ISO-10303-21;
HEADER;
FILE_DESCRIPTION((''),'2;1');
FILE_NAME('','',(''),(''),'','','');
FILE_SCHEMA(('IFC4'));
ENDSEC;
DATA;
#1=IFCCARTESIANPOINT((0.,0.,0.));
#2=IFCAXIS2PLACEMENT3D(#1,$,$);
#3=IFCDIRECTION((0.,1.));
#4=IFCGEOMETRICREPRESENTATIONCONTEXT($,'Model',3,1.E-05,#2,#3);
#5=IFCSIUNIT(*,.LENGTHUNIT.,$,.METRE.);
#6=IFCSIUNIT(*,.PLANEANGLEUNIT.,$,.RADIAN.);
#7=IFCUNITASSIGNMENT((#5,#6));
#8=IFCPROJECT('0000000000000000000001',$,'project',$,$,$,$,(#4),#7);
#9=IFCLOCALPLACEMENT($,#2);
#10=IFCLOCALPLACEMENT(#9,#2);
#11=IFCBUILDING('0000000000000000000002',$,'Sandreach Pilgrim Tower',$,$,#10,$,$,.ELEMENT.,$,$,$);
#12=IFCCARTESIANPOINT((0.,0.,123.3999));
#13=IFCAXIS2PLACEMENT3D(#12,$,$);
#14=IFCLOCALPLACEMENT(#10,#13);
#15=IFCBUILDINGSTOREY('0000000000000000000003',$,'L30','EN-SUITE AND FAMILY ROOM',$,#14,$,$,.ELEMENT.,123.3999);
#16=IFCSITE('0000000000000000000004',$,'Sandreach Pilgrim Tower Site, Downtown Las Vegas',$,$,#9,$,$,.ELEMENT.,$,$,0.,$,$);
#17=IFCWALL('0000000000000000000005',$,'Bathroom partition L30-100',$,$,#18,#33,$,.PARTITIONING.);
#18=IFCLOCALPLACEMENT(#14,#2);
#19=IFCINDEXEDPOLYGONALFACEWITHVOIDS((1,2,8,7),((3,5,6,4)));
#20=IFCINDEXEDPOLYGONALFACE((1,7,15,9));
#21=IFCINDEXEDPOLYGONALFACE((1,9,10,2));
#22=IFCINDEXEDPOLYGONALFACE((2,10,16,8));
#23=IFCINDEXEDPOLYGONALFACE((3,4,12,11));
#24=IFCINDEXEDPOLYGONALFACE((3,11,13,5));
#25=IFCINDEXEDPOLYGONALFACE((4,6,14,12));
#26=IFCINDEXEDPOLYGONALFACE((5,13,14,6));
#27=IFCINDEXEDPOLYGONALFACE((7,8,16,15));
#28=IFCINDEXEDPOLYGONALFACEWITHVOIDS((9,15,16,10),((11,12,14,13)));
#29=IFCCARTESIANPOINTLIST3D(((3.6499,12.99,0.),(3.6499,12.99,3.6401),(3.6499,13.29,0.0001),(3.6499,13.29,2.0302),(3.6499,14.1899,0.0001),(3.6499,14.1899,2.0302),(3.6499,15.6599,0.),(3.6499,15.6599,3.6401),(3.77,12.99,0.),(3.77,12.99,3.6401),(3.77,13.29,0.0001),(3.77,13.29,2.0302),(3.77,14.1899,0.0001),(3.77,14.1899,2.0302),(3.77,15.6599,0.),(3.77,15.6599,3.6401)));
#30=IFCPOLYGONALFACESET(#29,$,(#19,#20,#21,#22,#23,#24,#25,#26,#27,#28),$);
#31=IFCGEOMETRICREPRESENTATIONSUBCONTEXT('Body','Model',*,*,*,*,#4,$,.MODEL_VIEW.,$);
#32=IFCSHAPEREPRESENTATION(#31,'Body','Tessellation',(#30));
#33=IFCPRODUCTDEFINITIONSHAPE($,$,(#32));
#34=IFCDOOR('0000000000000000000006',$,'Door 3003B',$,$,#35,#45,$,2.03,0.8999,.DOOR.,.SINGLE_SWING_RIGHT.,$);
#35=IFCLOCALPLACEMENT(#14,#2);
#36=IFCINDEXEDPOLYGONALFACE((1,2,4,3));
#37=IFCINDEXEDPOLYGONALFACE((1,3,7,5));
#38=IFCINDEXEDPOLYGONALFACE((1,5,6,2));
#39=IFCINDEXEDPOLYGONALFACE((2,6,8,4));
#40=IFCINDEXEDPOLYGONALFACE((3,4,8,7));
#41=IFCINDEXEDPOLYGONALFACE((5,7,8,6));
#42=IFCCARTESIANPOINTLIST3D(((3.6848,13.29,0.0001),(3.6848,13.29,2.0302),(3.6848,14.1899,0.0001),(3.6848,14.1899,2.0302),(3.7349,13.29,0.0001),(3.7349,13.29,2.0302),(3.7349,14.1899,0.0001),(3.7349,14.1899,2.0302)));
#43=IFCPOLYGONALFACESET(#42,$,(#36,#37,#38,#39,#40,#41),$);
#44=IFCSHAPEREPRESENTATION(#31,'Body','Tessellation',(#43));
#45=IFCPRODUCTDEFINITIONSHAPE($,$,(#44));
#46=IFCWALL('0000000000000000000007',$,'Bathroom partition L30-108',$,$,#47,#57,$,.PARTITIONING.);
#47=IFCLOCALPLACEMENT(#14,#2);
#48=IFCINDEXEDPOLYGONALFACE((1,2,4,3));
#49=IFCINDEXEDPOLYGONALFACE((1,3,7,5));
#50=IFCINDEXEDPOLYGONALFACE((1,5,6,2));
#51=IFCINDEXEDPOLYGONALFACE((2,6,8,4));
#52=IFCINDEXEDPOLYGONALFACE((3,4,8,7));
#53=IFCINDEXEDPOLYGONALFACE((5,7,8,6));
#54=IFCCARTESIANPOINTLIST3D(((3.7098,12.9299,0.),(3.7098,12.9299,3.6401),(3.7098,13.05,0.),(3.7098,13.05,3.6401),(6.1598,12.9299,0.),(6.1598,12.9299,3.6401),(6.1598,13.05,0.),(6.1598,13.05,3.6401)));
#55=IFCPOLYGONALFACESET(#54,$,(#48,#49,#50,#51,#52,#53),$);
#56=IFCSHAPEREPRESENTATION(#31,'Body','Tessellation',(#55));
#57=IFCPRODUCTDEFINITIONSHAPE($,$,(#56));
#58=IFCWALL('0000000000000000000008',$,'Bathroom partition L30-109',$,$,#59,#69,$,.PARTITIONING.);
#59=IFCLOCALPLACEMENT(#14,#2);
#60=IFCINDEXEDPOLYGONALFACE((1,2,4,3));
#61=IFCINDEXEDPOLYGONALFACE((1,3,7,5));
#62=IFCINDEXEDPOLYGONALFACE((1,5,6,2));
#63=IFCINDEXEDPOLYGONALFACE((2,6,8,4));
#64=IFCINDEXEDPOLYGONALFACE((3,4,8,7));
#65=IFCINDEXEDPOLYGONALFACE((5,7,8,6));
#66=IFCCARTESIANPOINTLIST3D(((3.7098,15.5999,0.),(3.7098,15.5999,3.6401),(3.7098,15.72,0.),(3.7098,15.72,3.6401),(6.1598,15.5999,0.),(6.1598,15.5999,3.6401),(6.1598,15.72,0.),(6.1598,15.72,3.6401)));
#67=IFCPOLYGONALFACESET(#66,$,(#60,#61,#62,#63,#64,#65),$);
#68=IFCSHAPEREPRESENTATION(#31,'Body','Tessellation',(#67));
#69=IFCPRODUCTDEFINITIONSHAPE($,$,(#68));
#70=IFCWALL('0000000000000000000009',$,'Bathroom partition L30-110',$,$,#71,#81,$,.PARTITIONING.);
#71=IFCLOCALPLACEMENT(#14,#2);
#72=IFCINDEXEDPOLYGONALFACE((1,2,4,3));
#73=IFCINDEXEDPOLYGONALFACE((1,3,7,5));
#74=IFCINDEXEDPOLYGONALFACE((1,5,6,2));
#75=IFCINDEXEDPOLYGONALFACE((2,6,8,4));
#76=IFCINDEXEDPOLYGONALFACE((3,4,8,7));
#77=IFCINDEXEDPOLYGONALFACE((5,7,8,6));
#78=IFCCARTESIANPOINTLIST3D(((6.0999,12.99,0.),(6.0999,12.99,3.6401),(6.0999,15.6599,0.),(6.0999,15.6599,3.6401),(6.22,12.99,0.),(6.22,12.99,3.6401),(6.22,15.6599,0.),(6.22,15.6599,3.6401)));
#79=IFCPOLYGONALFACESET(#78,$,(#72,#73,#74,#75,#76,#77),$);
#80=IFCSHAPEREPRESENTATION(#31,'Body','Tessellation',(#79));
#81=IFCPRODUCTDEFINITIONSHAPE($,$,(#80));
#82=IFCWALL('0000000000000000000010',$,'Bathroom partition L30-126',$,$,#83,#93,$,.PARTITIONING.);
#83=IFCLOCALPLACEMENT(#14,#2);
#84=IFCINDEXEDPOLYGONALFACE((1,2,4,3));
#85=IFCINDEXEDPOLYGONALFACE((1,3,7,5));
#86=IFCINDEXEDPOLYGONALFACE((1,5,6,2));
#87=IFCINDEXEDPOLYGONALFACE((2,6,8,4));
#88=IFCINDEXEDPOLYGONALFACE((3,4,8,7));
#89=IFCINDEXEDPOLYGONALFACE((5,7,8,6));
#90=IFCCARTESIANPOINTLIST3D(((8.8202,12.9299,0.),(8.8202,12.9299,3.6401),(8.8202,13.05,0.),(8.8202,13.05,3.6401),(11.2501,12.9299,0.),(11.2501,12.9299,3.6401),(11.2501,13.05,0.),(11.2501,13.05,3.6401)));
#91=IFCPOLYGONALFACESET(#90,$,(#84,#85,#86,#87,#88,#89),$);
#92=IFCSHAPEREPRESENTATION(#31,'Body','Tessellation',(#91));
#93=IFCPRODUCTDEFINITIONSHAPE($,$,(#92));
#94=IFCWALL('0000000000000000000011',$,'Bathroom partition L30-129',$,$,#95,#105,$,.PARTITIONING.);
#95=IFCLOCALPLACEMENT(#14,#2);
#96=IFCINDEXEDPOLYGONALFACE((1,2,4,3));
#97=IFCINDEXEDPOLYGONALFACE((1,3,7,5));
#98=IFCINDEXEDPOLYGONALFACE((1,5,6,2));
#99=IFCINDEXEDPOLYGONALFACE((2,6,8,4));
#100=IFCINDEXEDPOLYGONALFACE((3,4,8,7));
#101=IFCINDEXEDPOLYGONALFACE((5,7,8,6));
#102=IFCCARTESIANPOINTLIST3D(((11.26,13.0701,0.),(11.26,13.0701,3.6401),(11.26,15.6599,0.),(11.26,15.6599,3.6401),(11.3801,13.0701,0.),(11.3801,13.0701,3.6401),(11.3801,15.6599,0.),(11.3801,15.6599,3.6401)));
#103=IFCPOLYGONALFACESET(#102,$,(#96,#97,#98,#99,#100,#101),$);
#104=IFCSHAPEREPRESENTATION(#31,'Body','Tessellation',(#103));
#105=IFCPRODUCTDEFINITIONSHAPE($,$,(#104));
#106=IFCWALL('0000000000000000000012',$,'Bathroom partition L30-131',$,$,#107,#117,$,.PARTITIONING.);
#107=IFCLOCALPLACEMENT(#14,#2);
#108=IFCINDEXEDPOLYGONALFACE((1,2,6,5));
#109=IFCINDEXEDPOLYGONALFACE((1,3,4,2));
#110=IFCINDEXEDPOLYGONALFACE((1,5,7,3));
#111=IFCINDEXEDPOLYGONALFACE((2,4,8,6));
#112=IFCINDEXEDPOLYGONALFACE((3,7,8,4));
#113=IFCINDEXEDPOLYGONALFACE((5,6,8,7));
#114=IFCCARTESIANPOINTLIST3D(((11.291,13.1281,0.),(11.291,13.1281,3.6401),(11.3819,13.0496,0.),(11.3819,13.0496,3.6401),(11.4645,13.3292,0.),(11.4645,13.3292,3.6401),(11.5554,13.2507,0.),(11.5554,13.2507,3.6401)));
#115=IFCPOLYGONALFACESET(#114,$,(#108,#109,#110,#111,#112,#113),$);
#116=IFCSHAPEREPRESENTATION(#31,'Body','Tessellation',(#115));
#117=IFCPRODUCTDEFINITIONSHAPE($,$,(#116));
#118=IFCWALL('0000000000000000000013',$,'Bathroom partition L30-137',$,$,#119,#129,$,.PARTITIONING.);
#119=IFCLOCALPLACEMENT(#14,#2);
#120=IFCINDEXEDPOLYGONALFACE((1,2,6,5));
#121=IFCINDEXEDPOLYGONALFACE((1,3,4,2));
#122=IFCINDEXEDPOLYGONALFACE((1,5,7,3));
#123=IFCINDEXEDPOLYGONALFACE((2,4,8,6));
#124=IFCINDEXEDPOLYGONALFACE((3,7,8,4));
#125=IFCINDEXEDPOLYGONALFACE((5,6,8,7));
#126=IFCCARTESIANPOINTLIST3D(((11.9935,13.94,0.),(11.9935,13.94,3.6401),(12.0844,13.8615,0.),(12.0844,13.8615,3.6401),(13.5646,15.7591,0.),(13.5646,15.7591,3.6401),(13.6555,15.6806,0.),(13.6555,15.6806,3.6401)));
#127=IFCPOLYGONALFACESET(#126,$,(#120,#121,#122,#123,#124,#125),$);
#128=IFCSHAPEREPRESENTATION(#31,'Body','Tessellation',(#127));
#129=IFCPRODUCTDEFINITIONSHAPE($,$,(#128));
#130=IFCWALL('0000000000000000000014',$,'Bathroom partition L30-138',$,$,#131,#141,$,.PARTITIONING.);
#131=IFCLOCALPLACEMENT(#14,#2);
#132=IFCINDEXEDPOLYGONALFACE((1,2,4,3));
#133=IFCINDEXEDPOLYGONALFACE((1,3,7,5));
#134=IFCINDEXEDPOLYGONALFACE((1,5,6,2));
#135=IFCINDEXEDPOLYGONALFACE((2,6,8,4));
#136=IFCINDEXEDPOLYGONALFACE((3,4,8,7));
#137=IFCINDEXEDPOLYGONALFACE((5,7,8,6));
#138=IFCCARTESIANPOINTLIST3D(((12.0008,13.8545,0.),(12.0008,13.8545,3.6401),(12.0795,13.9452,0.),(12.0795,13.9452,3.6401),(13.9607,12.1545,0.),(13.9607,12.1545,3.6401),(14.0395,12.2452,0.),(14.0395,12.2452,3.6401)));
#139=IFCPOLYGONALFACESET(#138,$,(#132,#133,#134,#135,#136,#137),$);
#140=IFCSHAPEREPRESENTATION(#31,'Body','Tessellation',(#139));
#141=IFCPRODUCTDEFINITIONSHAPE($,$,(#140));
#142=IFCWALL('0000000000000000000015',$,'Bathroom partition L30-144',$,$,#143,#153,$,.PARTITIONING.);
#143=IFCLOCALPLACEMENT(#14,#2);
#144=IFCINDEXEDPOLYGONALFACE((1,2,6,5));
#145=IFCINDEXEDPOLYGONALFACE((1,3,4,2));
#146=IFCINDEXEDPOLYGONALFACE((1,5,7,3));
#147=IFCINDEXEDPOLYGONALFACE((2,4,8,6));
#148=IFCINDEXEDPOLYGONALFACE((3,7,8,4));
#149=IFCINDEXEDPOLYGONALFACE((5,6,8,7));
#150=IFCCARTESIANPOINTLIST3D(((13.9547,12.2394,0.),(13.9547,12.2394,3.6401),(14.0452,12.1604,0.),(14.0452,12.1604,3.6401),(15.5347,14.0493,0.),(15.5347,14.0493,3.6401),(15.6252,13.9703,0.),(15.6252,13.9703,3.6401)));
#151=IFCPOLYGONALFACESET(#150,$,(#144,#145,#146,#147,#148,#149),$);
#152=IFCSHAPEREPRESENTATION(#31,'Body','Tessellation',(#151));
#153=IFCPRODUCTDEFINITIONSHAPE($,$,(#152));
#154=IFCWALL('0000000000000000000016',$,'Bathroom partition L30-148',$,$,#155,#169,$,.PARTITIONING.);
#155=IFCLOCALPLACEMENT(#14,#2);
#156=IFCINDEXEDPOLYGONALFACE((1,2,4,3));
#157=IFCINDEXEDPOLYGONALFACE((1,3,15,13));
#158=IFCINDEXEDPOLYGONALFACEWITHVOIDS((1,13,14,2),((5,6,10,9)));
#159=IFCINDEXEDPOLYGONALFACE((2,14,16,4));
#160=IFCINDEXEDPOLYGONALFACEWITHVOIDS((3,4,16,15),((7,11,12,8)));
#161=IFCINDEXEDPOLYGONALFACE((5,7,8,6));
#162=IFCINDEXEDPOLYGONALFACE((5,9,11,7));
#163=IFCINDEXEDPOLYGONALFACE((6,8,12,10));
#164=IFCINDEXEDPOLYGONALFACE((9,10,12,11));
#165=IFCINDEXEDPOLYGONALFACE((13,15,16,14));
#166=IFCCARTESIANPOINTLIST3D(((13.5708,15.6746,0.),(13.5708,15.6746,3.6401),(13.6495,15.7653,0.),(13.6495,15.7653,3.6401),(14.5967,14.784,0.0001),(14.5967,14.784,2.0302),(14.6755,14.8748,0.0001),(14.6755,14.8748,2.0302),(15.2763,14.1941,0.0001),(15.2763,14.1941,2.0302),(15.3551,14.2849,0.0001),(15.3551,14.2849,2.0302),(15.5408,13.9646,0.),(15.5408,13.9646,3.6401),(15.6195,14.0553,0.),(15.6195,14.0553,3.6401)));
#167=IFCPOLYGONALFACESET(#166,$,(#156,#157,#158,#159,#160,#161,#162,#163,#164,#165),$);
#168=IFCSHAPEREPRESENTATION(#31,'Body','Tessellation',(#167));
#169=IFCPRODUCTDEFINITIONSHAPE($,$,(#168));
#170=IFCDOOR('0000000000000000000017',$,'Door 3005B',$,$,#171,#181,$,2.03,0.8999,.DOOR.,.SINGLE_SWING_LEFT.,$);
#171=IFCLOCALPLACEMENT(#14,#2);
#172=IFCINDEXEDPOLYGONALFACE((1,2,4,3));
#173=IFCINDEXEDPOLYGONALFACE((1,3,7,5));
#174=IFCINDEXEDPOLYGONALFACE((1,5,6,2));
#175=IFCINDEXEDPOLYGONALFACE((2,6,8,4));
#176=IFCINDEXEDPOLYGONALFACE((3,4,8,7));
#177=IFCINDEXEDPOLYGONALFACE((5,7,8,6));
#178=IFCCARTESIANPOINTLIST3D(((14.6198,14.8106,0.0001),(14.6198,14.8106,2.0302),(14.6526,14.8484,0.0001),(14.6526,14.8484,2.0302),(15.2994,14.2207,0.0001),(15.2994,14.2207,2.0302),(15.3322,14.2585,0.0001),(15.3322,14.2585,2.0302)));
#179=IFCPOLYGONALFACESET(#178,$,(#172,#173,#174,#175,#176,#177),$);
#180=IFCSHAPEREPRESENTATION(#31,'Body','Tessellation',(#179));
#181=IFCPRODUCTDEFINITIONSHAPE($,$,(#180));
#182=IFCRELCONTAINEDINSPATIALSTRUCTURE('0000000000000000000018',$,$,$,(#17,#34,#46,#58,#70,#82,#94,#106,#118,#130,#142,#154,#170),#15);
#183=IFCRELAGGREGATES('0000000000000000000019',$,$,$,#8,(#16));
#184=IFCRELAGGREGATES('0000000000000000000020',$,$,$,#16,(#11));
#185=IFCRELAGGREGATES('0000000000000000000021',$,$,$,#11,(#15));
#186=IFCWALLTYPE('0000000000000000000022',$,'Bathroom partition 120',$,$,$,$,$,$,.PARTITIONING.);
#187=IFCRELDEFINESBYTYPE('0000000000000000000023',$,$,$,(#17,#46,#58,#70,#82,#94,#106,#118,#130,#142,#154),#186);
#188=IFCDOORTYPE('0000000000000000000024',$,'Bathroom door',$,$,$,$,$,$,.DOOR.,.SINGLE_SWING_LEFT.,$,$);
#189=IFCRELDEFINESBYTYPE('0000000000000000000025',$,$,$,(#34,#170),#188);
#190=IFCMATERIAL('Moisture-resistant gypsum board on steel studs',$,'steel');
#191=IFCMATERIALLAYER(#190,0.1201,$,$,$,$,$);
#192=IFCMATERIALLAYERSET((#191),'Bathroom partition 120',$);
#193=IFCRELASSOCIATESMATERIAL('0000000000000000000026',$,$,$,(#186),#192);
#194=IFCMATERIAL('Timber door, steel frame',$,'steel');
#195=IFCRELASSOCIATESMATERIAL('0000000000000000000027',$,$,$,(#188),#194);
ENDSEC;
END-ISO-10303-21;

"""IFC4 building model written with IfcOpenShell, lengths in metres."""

from ifc_helpers import new_model, si_unit, direction, frame, frame_2d, origin, place, context, subcontext, project, spatial, rectangle, extrude, material, layer, layer_set, type_object, element, fill, save


model = new_model("IFC4")

# Units and contexts
model_context = context("Model", 3, precision=1e-05, world=origin(), true_north=direction((0.0, 1.0)))
body_context = subcontext(model_context, "Body", "Model", "MODEL_VIEW")
ifc_project = project(units=[si_unit("LENGTHUNIT", "METRE"), si_unit("PLANEANGLEUNIT", "RADIAN")], contexts=[model_context])

# Site, building, storey
site_placement = place(None, origin())
site = spatial("IfcSite", under=ifc_project, at=site_placement, Name="Sandreach Pilgrim Tower Site, Downtown Las Vegas", CompositionType="ELEMENT", RefElevation=0.0)
building_placement = place(site_placement, origin())
building = spatial("IfcBuilding", under=site, at=building_placement, Name="Sandreach Pilgrim Tower", CompositionType="ELEMENT")
storey_placement = place(building_placement, frame((0.0, 0.0, 123.3999)))
storey = spatial("IfcBuildingStorey", under=building, at=storey_placement, Name="L30", Description="EN-SUITE AND FAMILY ROOM", CompositionType="ELEMENT", Elevation=123.3999)

# Wall, opening, door
ifc_material_1 = material(Name="Moisture-resistant gypsum board on steel studs", Category="steel")
ifc_layer_1 = layer(ifc_material_1, 0.1201)
ifc_layer_set_1 = layer_set([ifc_layer_1], Name="Bathroom partition 120")
wall_type_1 = type_object("IfcWallType", Name="Bathroom partition 120", PredefinedType="PARTITIONING", material=ifc_layer_set_1)
wall_1_placement = place(storey_placement, frame((3.71, 15.6599, 0.0), z_axis=(0.0, 0.0, 1.0), x_axis=(0.0, -1.0, 0.0)))
wall_1 = element("IfcWall", 1, at=wall_1_placement, inside=storey, type_object=wall_type_1, Name="Bathroom partition L30-100", PredefinedType="PARTITIONING", context=body_context, shape_type="SweptSolid", body=[
    extrude(rectangle(XDim=2.6699, YDim=0.1201, at=frame_2d((1.335, 0.0))), origin(), (0.0, 0.0, 1.0), 3.6401),
])
opening_1_placement = place(wall_1_placement, frame((1.47, 0.0, 0.0)))
opening_1 = element("IfcOpeningElement", 2, at=opening_1_placement, cuts=wall_1, PredefinedType="OPENING", context=body_context, shape_type="SweptSolid", body=[
    extrude(rectangle(XDim=0.8999, YDim=2.03, at=frame_2d((0.45, 1.0151))), frame((0.0, 0.0601, 0.0), z_axis=(0.0, -1.0, 0.0), x_axis=(1.0, 0.0, 0.0)), (0.0, 0.0, 1.0), 0.1201),
])
ifc_material_2 = material(Name="Timber door, steel frame", Category="steel")
door_type_1 = type_object("IfcDoorType", Name="Bathroom door", OperationType="SINGLE_SWING_LEFT", PredefinedType="DOOR", material=ifc_material_2)
door_1_placement = place(opening_1_placement, origin())
door_1 = element("IfcDoor", 3, at=door_1_placement, inside=storey, type_object=door_type_1, Name="Door 3003B", OperationType="SINGLE_SWING_RIGHT", OverallHeight=2.03, OverallWidth=0.8999, PredefinedType="DOOR", context=body_context, shape_type="SweptSolid", body=[
    extrude(rectangle(XDim=0.8999, YDim=2.03, at=frame_2d((0.45, 1.0151))), frame((0.0, 0.0249, 0.0), z_axis=(0.0, -1.0, 0.0), x_axis=(1.0, 0.0, 0.0)), (0.0, 0.0, 1.0), 0.05),
])
fill(opening_1, door_1)

# Walls
for number, where, z_axis, x_axis, name in (
    (4, (6.1599, 12.99, 0.0), (0.0, 0.0, 1.0), (-1.0, 0.0, 0.0), "Bathroom partition L30-108"),
    (5, (6.1599, 15.6599, 0.0), (0.0, 0.0, 1.0), (-1.0, 0.0, 0.0), "Bathroom partition L30-109"),
):
    element("IfcWall", number, at=place(storey_placement, frame(where, z_axis=z_axis, x_axis=x_axis)), inside=storey, type_object=wall_type_1, Name=name, PredefinedType="PARTITIONING", context=body_context, shape_type="SweptSolid", body=[
        extrude(rectangle(XDim=2.45, YDim=0.1201, at=frame_2d((1.2251, 0.0))), origin(), (0.0, 0.0, 1.0), 3.6401),
    ])
wall_2_placement = place(storey_placement, frame((6.1599, 15.6599, 0.0), z_axis=(0.0, 0.0, 1.0), x_axis=(0.0, -1.0, 0.0)))
element("IfcWall", 6, at=wall_2_placement, inside=storey, type_object=wall_type_1, Name="Bathroom partition L30-110", PredefinedType="PARTITIONING", context=body_context, shape_type="SweptSolid", body=[
    extrude(rectangle(XDim=2.6699, YDim=0.1201, at=frame_2d((1.335, 0.0))), origin(), (0.0, 0.0, 1.0), 3.6401),
])
wall_3_placement = place(storey_placement, frame((11.25, 12.99, 0.0), z_axis=(0.0, 0.0, 1.0), x_axis=(-1.0, 0.0, 0.0)))
element("IfcWall", 7, at=wall_3_placement, inside=storey, type_object=wall_type_1, Name="Bathroom partition L30-126", PredefinedType="PARTITIONING", context=body_context, shape_type="SweptSolid", body=[
    extrude(rectangle(XDim=2.4299, YDim=0.1201, at=frame_2d((1.2148, 0.0))), origin(), (0.0, 0.0, 1.0), 3.6401),
])
wall_4_placement = place(storey_placement, frame((11.3201, 13.0701, 0.0), z_axis=(0.0, 0.0, 1.0), x_axis=(0.0, 1.0, 0.0)))
element("IfcWall", 8, at=wall_4_placement, inside=storey, type_object=wall_type_1, Name="Bathroom partition L30-129", PredefinedType="PARTITIONING", context=body_context, shape_type="SweptSolid", body=[
    extrude(rectangle(XDim=2.5898, YDim=0.1201, at=frame_2d((1.2949, 0.0))), origin(), (0.0, 0.0, 1.0), 3.6401),
])
wall_5_placement = place(storey_placement, frame((11.3364, 13.0889, 0.0), z_axis=(0.0, 0.0, 1.0), x_axis=(0.653285, 0.757112, 0.0)))
element("IfcWall", 9, at=wall_5_placement, inside=storey, type_object=wall_type_1, Name="Bathroom partition L30-131", PredefinedType="PARTITIONING", context=body_context, shape_type="SweptSolid", body=[
    extrude(rectangle(XDim=0.2656, YDim=0.1201, at=frame_2d((0.1328, 0.0))), origin(), (0.0, 0.0, 1.0), 3.6401),
])
wall_6_placement = place(storey_placement, frame((12.0391, 13.9009, 0.0), z_axis=(0.0, 0.0, 1.0), x_axis=(0.653623, 0.756821, 0.0)))
element("IfcWall", 10, at=wall_6_placement, inside=storey, type_object=wall_type_1, Name="Bathroom partition L30-137", PredefinedType="PARTITIONING", context=body_context, shape_type="SweptSolid", body=[
    extrude(rectangle(XDim=2.4036, YDim=0.1201, at=frame_2d((1.2017, 0.0))), origin(), (0.0, 0.0, 1.0), 3.6401),
])
wall_7_placement = place(storey_placement, frame((12.04, 13.8999, 0.0), z_axis=(0.0, 0.0, 1.0), x_axis=(0.755438, -0.655221, 0.0)))
element("IfcWall", 11, at=wall_7_placement, inside=storey, type_object=wall_type_1, Name="Bathroom partition L30-138", PredefinedType="PARTITIONING", context=body_context, shape_type="SweptSolid", body=[
    extrude(rectangle(XDim=2.5945, YDim=0.1201, at=frame_2d((1.2974, 0.0))), origin(), (0.0, 0.0, 1.0), 3.6401),
])
wall_8_placement = place(storey_placement, frame((14.0, 12.2, 0.0), z_axis=(0.0, 0.0, 1.0), x_axis=(0.657627, 0.753344, 0.0)))
element("IfcWall", 12, at=wall_8_placement, inside=storey, type_object=wall_type_1, Name="Bathroom partition L30-144", PredefinedType="PARTITIONING", context=body_context, shape_type="SweptSolid", body=[
    extrude(rectangle(XDim=2.4026, YDim=0.1201, at=frame_2d((1.2012, 0.0))), origin(), (0.0, 0.0, 1.0), 3.6401),
])

# Wall, opening, door
wall_9_placement = place(storey_placement, frame((15.5801, 14.01, 0.0), z_axis=(0.0, 0.0, 1.0), x_axis=(-0.755186, 0.655511, 0.0)))
wall_9 = element("IfcWall", 13, at=wall_9_placement, inside=storey, type_object=wall_type_1, Name="Bathroom partition L30-148", PredefinedType="PARTITIONING", context=body_context, shape_type="SweptSolid", body=[
    extrude(rectangle(XDim=2.6086, YDim=0.1201, at=frame_2d((1.3042, 0.0))), origin(), (0.0, 0.0, 1.0), 3.6401),
])
opening_2_placement = place(wall_9_placement, frame((0.3501, 0.0, 0.0)))
opening_2 = element("IfcOpeningElement", 14, at=opening_2_placement, cuts=wall_9, PredefinedType="OPENING", context=body_context, shape_type="SweptSolid", body=[
    extrude(rectangle(XDim=0.8999, YDim=2.03, at=frame_2d((0.45, 1.0151))), frame((0.0, 0.0601, 0.0), z_axis=(0.0, -1.0, 0.0), x_axis=(1.0, 0.0, 0.0)), (0.0, 0.0, 1.0), 0.1201),
])
door_2_placement = place(opening_2_placement, origin())
door_2 = element("IfcDoor", 15, at=door_2_placement, inside=storey, type_object=door_type_1, Name="Door 3005B", OperationType="SINGLE_SWING_LEFT", OverallHeight=2.03, OverallWidth=0.8999, PredefinedType="DOOR", context=body_context, shape_type="SweptSolid", body=[
    extrude(rectangle(XDim=0.8999, YDim=2.03, at=frame_2d((0.45, 1.0151))), frame((0.0, 0.0249, 0.0), z_axis=(0.0, -1.0, 0.0), x_axis=(1.0, 0.0, 0.0)), (0.0, 0.0, 1.0), 0.05),
])
fill(opening_2, door_2)

save(model, "model.ifc")
